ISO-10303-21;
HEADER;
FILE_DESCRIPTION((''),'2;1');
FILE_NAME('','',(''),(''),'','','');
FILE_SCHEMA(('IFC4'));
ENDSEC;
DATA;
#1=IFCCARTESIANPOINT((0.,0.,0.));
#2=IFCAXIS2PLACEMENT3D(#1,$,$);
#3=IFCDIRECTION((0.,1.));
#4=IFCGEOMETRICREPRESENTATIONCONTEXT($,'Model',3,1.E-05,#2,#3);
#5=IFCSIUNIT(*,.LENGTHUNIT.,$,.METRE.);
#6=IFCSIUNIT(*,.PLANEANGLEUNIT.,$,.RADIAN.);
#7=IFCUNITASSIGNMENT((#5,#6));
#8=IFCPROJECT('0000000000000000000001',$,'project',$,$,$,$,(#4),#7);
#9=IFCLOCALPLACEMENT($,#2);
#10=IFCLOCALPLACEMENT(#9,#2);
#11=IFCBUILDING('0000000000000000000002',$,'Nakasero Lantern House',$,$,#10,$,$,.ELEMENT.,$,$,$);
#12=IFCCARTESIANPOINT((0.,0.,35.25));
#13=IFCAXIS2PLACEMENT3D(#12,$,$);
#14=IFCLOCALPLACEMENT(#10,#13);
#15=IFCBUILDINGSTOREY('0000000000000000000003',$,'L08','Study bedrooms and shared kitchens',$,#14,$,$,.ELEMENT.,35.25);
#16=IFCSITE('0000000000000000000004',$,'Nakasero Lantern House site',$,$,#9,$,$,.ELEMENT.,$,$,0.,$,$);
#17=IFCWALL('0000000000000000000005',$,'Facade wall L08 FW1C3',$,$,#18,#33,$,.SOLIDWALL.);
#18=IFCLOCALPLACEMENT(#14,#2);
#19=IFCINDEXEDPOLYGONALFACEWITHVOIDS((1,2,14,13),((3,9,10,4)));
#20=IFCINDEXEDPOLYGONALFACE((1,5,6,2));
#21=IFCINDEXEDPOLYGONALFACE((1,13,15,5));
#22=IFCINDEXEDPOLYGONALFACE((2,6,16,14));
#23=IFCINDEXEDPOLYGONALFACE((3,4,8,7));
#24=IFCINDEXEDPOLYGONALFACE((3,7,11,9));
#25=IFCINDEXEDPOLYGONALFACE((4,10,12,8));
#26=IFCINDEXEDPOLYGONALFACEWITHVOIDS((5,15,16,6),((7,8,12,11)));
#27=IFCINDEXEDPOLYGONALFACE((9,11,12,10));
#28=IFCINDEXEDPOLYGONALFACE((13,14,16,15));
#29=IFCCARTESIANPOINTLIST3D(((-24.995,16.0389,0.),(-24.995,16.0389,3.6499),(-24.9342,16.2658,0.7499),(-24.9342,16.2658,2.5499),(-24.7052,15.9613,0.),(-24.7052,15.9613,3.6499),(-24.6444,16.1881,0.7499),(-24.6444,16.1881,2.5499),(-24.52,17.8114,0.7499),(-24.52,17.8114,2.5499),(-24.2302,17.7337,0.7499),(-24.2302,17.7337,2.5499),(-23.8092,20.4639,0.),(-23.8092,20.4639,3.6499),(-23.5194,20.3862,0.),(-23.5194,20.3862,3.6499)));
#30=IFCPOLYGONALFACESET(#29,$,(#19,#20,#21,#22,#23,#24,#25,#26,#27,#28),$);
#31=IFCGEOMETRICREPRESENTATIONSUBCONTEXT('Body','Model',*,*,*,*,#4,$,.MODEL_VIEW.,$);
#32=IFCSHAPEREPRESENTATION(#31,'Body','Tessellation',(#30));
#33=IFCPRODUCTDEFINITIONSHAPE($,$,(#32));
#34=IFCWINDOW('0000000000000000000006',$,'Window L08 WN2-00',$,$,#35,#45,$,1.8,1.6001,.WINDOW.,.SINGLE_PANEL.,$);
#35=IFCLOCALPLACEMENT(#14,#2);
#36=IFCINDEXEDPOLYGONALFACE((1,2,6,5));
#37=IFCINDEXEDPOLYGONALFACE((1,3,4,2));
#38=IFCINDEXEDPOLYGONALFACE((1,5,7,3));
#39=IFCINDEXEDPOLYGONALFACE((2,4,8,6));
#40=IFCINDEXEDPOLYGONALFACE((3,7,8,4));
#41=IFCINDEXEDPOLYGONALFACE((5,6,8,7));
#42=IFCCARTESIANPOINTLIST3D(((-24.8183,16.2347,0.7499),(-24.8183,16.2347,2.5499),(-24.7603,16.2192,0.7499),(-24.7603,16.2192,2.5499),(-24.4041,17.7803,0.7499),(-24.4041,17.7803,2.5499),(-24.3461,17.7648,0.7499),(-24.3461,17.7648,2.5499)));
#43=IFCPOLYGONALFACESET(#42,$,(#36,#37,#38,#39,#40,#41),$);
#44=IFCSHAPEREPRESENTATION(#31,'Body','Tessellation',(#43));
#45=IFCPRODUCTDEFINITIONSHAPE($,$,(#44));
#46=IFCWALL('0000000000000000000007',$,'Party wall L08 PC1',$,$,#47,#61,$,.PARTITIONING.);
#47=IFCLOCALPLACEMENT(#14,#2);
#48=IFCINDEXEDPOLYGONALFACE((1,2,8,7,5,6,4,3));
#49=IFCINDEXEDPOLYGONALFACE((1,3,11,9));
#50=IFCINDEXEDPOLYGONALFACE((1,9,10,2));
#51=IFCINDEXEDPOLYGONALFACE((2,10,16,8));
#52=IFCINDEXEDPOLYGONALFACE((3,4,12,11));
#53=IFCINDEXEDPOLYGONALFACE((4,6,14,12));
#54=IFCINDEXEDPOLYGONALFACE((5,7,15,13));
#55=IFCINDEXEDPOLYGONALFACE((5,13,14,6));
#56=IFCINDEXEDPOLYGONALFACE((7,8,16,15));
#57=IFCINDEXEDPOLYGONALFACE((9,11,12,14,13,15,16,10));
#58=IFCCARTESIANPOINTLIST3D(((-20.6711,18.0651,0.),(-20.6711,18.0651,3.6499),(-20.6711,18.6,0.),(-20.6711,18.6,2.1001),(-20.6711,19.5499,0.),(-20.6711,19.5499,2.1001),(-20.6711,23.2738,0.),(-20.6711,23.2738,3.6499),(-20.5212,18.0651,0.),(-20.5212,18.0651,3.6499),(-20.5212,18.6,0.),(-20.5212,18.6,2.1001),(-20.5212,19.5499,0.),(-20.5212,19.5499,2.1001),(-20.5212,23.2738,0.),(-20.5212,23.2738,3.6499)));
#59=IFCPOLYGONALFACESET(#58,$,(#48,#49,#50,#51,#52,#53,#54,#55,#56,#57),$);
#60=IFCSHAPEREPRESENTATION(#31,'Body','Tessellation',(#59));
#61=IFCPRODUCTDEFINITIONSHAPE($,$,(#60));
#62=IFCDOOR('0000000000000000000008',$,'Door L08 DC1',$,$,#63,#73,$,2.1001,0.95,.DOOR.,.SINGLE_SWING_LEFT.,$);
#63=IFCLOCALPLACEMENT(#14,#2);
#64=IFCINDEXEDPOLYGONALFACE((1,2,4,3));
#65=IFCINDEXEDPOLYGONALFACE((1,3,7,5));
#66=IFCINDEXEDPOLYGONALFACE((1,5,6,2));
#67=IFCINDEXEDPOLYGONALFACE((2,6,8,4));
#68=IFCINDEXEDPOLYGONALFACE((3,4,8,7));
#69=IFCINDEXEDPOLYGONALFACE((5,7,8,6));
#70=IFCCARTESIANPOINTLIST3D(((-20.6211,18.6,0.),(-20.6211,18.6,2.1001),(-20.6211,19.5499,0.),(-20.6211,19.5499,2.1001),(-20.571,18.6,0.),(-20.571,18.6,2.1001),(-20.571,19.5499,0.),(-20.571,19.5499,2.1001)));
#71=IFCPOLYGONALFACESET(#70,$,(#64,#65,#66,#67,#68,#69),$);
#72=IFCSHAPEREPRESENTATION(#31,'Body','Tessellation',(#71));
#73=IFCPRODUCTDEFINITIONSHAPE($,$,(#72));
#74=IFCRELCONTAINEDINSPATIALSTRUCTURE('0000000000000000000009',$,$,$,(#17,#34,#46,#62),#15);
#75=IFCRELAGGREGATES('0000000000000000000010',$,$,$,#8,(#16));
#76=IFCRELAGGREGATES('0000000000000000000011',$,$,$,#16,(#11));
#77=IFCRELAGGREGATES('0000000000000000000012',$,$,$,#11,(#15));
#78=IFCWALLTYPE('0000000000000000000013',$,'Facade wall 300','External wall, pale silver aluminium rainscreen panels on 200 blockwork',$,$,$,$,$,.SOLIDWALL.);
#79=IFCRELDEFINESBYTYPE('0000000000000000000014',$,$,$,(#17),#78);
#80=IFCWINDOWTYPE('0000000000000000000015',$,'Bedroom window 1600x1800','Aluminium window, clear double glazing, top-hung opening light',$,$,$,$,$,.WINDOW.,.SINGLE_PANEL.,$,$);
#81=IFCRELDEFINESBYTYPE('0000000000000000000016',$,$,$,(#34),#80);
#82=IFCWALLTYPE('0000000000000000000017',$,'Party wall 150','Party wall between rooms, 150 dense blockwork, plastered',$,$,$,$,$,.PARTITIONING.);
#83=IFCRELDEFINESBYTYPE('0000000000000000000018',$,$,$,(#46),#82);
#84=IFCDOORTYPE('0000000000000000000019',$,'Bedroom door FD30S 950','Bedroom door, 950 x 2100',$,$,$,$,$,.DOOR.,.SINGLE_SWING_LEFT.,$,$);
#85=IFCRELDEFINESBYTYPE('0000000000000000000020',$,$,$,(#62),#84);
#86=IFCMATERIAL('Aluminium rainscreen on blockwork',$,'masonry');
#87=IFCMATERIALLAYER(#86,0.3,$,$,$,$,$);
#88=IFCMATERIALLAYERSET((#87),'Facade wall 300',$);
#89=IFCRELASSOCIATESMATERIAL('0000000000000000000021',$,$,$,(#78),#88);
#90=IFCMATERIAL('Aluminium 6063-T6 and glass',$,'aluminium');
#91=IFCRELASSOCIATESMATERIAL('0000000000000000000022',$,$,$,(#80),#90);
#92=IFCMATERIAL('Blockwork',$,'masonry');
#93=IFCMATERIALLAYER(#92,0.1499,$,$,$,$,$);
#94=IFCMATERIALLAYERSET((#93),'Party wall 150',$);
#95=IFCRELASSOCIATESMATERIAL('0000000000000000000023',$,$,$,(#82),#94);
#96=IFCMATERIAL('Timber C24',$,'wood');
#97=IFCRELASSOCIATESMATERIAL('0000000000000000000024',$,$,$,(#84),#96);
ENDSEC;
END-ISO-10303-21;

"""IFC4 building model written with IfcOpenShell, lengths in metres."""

from ifc_helpers import new_model, si_unit, direction, frame, frame_2d, origin, place, context, subcontext, project, spatial, rectangle, extrude, material, layer, layer_set, type_object, element, fill, save


model = new_model("IFC4")

# Units and contexts
model_context = context("Model", 3, precision=1e-05, world=origin(), true_north=direction((0.0, 1.0)))
body_context = subcontext(model_context, "Body", "Model", "MODEL_VIEW")
ifc_project = project(units=[si_unit("LENGTHUNIT", "METRE"), si_unit("PLANEANGLEUNIT", "RADIAN")], contexts=[model_context])

# Site, building, storey
site_placement = place(None, origin())
site = spatial("IfcSite", under=ifc_project, at=site_placement, Name="Nakasero Lantern House site", CompositionType="ELEMENT", RefElevation=0.0)
building_placement = place(site_placement, origin())
building = spatial("IfcBuilding", under=site, at=building_placement, Name="Nakasero Lantern House", CompositionType="ELEMENT")
storey_placement = place(building_placement, frame((0.0, 0.0, 35.25)))
storey = spatial("IfcBuildingStorey", under=building, at=storey_placement, Name="L08", Description="Study bedrooms and shared kitchens", CompositionType="ELEMENT", Elevation=35.25)

# Wall, opening, window
ifc_material_1 = material(Name="Aluminium rainscreen on blockwork", Category="masonry")
ifc_layer_1 = layer(ifc_material_1, 0.3)
ifc_layer_set_1 = layer_set([ifc_layer_1], Name="Facade wall 300")
wall_type_1 = type_object("IfcWallType", Name="Facade wall 300", Description="External wall, pale silver aluminium rainscreen panels on 200 blockwork", PredefinedType="SOLIDWALL", material=ifc_layer_set_1)
wall_1_placement = place(storey_placement, frame((-23.6643, 20.425, 0.0), z_axis=(0.0, 0.0, 1.0), x_axis=(-0.25884, -0.96592, 0.0)))
wall_1 = element("IfcWall", 1, at=wall_1_placement, inside=storey, type_object=wall_type_1, Name="Facade wall L08 FW1C3", PredefinedType="SOLIDWALL", context=body_context, shape_type="SweptSolid", body=[
    extrude(rectangle(XDim=4.5811, YDim=0.3, at=frame_2d((2.2905, 0.0))), origin(), (0.0, 0.0, 1.0), 3.6499),
])
opening_1_placement = place(wall_1_placement, frame((2.7461, 0.0, 0.75)))
opening_1 = element("IfcOpeningElement", 2, at=opening_1_placement, cuts=wall_1, PredefinedType="OPENING", context=body_context, shape_type="SweptSolid", body=[
    extrude(rectangle(XDim=1.6001, YDim=1.8, at=frame_2d((0.8, 0.8999))), frame((0.0, 0.1699, 0.0), z_axis=(0.0, -1.0, 0.0), x_axis=(1.0, 0.0, 0.0)), (0.0, 0.0, 1.0), 0.3401),
])
ifc_material_2 = material(Name="Aluminium 6063-T6 and glass", Category="aluminium")
window_type = type_object("IfcWindowType", Name="Bedroom window 1600x1800", Description="Aluminium window, clear double glazing, top-hung opening light", PartitioningType="SINGLE_PANEL", PredefinedType="WINDOW", material=ifc_material_2)
window_placement = place(opening_1_placement, origin())
window = element("IfcWindow", 3, at=window_placement, inside=storey, type_object=window_type, Name="Window L08 WN2-00", OverallHeight=1.8, OverallWidth=1.6001, PartitioningType="SINGLE_PANEL", PredefinedType="WINDOW", context=body_context, shape_type="SweptSolid", body=[
    extrude(rectangle(XDim=1.6001, YDim=1.8, at=frame_2d((0.8, 0.8999))), frame((0.0, 0.03, 0.0), z_axis=(0.0, -1.0, 0.0), x_axis=(1.0, 0.0, 0.0)), (0.0, 0.0, 1.0), 0.0601),
])
fill(opening_1, window)

# Wall, opening, door
ifc_material_3 = material(Name="Blockwork", Category="masonry")
ifc_layer_2 = layer(ifc_material_3, 0.1499)
ifc_layer_set_2 = layer_set([ifc_layer_2], Name="Party wall 150")
wall_type_2 = type_object("IfcWallType", Name="Party wall 150", Description="Party wall between rooms, 150 dense blockwork, plastered", PredefinedType="PARTITIONING", material=ifc_layer_set_2)
wall_2_placement = place(storey_placement, frame((-20.5962, 18.0649, 0.0), z_axis=(0.0, 0.0, 1.0), x_axis=(0.0, 1.0, 0.0)))
wall_2 = element("IfcWall", 4, at=wall_2_placement, inside=storey, type_object=wall_type_2, Name="Party wall L08 PC1", PredefinedType="PARTITIONING", context=body_context, shape_type="SweptSolid", body=[
    extrude(rectangle(XDim=5.2087, YDim=0.1499, at=frame_2d((2.6045, 0.0))), origin(), (0.0, 0.0, 1.0), 3.6499),
])
opening_2_placement = place(wall_2_placement, frame((0.5349, 0.0, 0.0)))
opening_2 = element("IfcOpeningElement", 5, at=opening_2_placement, cuts=wall_2, PredefinedType="OPENING", context=body_context, shape_type="SweptSolid", body=[
    extrude(rectangle(XDim=0.95, YDim=2.1001, at=frame_2d((0.4751, 1.05))), frame((0.0, 0.095, 0.0), z_axis=(0.0, -1.0, 0.0), x_axis=(1.0, 0.0, 0.0)), (0.0, 0.0, 1.0), 0.1899),
])
ifc_material_4 = material(Name="Timber C24", Category="wood")
door_type_1 = type_object("IfcDoorType", Name="Bedroom door FD30S 950", Description="Bedroom door, 950 x 2100", OperationType="SINGLE_SWING_LEFT", PredefinedType="DOOR", material=ifc_material_4)
door_1_placement = place(opening_2_placement, origin())
door_1 = element("IfcDoor", 6, at=door_1_placement, inside=storey, type_object=door_type_1, Name="Door L08 DC1", OperationType="SINGLE_SWING_LEFT", OverallHeight=2.1001, OverallWidth=0.95, PredefinedType="DOOR", context=body_context, shape_type="SweptSolid", body=[
    extrude(rectangle(XDim=0.95, YDim=2.1001, at=frame_2d((0.4751, 1.05))), frame((0.0, 0.0249, 0.0), z_axis=(0.0, -1.0, 0.0), x_axis=(1.0, 0.0, 0.0)), (0.0, 0.0, 1.0), 0.05),
])
fill(opening_2, door_1)

save(model, "model.ifc")
